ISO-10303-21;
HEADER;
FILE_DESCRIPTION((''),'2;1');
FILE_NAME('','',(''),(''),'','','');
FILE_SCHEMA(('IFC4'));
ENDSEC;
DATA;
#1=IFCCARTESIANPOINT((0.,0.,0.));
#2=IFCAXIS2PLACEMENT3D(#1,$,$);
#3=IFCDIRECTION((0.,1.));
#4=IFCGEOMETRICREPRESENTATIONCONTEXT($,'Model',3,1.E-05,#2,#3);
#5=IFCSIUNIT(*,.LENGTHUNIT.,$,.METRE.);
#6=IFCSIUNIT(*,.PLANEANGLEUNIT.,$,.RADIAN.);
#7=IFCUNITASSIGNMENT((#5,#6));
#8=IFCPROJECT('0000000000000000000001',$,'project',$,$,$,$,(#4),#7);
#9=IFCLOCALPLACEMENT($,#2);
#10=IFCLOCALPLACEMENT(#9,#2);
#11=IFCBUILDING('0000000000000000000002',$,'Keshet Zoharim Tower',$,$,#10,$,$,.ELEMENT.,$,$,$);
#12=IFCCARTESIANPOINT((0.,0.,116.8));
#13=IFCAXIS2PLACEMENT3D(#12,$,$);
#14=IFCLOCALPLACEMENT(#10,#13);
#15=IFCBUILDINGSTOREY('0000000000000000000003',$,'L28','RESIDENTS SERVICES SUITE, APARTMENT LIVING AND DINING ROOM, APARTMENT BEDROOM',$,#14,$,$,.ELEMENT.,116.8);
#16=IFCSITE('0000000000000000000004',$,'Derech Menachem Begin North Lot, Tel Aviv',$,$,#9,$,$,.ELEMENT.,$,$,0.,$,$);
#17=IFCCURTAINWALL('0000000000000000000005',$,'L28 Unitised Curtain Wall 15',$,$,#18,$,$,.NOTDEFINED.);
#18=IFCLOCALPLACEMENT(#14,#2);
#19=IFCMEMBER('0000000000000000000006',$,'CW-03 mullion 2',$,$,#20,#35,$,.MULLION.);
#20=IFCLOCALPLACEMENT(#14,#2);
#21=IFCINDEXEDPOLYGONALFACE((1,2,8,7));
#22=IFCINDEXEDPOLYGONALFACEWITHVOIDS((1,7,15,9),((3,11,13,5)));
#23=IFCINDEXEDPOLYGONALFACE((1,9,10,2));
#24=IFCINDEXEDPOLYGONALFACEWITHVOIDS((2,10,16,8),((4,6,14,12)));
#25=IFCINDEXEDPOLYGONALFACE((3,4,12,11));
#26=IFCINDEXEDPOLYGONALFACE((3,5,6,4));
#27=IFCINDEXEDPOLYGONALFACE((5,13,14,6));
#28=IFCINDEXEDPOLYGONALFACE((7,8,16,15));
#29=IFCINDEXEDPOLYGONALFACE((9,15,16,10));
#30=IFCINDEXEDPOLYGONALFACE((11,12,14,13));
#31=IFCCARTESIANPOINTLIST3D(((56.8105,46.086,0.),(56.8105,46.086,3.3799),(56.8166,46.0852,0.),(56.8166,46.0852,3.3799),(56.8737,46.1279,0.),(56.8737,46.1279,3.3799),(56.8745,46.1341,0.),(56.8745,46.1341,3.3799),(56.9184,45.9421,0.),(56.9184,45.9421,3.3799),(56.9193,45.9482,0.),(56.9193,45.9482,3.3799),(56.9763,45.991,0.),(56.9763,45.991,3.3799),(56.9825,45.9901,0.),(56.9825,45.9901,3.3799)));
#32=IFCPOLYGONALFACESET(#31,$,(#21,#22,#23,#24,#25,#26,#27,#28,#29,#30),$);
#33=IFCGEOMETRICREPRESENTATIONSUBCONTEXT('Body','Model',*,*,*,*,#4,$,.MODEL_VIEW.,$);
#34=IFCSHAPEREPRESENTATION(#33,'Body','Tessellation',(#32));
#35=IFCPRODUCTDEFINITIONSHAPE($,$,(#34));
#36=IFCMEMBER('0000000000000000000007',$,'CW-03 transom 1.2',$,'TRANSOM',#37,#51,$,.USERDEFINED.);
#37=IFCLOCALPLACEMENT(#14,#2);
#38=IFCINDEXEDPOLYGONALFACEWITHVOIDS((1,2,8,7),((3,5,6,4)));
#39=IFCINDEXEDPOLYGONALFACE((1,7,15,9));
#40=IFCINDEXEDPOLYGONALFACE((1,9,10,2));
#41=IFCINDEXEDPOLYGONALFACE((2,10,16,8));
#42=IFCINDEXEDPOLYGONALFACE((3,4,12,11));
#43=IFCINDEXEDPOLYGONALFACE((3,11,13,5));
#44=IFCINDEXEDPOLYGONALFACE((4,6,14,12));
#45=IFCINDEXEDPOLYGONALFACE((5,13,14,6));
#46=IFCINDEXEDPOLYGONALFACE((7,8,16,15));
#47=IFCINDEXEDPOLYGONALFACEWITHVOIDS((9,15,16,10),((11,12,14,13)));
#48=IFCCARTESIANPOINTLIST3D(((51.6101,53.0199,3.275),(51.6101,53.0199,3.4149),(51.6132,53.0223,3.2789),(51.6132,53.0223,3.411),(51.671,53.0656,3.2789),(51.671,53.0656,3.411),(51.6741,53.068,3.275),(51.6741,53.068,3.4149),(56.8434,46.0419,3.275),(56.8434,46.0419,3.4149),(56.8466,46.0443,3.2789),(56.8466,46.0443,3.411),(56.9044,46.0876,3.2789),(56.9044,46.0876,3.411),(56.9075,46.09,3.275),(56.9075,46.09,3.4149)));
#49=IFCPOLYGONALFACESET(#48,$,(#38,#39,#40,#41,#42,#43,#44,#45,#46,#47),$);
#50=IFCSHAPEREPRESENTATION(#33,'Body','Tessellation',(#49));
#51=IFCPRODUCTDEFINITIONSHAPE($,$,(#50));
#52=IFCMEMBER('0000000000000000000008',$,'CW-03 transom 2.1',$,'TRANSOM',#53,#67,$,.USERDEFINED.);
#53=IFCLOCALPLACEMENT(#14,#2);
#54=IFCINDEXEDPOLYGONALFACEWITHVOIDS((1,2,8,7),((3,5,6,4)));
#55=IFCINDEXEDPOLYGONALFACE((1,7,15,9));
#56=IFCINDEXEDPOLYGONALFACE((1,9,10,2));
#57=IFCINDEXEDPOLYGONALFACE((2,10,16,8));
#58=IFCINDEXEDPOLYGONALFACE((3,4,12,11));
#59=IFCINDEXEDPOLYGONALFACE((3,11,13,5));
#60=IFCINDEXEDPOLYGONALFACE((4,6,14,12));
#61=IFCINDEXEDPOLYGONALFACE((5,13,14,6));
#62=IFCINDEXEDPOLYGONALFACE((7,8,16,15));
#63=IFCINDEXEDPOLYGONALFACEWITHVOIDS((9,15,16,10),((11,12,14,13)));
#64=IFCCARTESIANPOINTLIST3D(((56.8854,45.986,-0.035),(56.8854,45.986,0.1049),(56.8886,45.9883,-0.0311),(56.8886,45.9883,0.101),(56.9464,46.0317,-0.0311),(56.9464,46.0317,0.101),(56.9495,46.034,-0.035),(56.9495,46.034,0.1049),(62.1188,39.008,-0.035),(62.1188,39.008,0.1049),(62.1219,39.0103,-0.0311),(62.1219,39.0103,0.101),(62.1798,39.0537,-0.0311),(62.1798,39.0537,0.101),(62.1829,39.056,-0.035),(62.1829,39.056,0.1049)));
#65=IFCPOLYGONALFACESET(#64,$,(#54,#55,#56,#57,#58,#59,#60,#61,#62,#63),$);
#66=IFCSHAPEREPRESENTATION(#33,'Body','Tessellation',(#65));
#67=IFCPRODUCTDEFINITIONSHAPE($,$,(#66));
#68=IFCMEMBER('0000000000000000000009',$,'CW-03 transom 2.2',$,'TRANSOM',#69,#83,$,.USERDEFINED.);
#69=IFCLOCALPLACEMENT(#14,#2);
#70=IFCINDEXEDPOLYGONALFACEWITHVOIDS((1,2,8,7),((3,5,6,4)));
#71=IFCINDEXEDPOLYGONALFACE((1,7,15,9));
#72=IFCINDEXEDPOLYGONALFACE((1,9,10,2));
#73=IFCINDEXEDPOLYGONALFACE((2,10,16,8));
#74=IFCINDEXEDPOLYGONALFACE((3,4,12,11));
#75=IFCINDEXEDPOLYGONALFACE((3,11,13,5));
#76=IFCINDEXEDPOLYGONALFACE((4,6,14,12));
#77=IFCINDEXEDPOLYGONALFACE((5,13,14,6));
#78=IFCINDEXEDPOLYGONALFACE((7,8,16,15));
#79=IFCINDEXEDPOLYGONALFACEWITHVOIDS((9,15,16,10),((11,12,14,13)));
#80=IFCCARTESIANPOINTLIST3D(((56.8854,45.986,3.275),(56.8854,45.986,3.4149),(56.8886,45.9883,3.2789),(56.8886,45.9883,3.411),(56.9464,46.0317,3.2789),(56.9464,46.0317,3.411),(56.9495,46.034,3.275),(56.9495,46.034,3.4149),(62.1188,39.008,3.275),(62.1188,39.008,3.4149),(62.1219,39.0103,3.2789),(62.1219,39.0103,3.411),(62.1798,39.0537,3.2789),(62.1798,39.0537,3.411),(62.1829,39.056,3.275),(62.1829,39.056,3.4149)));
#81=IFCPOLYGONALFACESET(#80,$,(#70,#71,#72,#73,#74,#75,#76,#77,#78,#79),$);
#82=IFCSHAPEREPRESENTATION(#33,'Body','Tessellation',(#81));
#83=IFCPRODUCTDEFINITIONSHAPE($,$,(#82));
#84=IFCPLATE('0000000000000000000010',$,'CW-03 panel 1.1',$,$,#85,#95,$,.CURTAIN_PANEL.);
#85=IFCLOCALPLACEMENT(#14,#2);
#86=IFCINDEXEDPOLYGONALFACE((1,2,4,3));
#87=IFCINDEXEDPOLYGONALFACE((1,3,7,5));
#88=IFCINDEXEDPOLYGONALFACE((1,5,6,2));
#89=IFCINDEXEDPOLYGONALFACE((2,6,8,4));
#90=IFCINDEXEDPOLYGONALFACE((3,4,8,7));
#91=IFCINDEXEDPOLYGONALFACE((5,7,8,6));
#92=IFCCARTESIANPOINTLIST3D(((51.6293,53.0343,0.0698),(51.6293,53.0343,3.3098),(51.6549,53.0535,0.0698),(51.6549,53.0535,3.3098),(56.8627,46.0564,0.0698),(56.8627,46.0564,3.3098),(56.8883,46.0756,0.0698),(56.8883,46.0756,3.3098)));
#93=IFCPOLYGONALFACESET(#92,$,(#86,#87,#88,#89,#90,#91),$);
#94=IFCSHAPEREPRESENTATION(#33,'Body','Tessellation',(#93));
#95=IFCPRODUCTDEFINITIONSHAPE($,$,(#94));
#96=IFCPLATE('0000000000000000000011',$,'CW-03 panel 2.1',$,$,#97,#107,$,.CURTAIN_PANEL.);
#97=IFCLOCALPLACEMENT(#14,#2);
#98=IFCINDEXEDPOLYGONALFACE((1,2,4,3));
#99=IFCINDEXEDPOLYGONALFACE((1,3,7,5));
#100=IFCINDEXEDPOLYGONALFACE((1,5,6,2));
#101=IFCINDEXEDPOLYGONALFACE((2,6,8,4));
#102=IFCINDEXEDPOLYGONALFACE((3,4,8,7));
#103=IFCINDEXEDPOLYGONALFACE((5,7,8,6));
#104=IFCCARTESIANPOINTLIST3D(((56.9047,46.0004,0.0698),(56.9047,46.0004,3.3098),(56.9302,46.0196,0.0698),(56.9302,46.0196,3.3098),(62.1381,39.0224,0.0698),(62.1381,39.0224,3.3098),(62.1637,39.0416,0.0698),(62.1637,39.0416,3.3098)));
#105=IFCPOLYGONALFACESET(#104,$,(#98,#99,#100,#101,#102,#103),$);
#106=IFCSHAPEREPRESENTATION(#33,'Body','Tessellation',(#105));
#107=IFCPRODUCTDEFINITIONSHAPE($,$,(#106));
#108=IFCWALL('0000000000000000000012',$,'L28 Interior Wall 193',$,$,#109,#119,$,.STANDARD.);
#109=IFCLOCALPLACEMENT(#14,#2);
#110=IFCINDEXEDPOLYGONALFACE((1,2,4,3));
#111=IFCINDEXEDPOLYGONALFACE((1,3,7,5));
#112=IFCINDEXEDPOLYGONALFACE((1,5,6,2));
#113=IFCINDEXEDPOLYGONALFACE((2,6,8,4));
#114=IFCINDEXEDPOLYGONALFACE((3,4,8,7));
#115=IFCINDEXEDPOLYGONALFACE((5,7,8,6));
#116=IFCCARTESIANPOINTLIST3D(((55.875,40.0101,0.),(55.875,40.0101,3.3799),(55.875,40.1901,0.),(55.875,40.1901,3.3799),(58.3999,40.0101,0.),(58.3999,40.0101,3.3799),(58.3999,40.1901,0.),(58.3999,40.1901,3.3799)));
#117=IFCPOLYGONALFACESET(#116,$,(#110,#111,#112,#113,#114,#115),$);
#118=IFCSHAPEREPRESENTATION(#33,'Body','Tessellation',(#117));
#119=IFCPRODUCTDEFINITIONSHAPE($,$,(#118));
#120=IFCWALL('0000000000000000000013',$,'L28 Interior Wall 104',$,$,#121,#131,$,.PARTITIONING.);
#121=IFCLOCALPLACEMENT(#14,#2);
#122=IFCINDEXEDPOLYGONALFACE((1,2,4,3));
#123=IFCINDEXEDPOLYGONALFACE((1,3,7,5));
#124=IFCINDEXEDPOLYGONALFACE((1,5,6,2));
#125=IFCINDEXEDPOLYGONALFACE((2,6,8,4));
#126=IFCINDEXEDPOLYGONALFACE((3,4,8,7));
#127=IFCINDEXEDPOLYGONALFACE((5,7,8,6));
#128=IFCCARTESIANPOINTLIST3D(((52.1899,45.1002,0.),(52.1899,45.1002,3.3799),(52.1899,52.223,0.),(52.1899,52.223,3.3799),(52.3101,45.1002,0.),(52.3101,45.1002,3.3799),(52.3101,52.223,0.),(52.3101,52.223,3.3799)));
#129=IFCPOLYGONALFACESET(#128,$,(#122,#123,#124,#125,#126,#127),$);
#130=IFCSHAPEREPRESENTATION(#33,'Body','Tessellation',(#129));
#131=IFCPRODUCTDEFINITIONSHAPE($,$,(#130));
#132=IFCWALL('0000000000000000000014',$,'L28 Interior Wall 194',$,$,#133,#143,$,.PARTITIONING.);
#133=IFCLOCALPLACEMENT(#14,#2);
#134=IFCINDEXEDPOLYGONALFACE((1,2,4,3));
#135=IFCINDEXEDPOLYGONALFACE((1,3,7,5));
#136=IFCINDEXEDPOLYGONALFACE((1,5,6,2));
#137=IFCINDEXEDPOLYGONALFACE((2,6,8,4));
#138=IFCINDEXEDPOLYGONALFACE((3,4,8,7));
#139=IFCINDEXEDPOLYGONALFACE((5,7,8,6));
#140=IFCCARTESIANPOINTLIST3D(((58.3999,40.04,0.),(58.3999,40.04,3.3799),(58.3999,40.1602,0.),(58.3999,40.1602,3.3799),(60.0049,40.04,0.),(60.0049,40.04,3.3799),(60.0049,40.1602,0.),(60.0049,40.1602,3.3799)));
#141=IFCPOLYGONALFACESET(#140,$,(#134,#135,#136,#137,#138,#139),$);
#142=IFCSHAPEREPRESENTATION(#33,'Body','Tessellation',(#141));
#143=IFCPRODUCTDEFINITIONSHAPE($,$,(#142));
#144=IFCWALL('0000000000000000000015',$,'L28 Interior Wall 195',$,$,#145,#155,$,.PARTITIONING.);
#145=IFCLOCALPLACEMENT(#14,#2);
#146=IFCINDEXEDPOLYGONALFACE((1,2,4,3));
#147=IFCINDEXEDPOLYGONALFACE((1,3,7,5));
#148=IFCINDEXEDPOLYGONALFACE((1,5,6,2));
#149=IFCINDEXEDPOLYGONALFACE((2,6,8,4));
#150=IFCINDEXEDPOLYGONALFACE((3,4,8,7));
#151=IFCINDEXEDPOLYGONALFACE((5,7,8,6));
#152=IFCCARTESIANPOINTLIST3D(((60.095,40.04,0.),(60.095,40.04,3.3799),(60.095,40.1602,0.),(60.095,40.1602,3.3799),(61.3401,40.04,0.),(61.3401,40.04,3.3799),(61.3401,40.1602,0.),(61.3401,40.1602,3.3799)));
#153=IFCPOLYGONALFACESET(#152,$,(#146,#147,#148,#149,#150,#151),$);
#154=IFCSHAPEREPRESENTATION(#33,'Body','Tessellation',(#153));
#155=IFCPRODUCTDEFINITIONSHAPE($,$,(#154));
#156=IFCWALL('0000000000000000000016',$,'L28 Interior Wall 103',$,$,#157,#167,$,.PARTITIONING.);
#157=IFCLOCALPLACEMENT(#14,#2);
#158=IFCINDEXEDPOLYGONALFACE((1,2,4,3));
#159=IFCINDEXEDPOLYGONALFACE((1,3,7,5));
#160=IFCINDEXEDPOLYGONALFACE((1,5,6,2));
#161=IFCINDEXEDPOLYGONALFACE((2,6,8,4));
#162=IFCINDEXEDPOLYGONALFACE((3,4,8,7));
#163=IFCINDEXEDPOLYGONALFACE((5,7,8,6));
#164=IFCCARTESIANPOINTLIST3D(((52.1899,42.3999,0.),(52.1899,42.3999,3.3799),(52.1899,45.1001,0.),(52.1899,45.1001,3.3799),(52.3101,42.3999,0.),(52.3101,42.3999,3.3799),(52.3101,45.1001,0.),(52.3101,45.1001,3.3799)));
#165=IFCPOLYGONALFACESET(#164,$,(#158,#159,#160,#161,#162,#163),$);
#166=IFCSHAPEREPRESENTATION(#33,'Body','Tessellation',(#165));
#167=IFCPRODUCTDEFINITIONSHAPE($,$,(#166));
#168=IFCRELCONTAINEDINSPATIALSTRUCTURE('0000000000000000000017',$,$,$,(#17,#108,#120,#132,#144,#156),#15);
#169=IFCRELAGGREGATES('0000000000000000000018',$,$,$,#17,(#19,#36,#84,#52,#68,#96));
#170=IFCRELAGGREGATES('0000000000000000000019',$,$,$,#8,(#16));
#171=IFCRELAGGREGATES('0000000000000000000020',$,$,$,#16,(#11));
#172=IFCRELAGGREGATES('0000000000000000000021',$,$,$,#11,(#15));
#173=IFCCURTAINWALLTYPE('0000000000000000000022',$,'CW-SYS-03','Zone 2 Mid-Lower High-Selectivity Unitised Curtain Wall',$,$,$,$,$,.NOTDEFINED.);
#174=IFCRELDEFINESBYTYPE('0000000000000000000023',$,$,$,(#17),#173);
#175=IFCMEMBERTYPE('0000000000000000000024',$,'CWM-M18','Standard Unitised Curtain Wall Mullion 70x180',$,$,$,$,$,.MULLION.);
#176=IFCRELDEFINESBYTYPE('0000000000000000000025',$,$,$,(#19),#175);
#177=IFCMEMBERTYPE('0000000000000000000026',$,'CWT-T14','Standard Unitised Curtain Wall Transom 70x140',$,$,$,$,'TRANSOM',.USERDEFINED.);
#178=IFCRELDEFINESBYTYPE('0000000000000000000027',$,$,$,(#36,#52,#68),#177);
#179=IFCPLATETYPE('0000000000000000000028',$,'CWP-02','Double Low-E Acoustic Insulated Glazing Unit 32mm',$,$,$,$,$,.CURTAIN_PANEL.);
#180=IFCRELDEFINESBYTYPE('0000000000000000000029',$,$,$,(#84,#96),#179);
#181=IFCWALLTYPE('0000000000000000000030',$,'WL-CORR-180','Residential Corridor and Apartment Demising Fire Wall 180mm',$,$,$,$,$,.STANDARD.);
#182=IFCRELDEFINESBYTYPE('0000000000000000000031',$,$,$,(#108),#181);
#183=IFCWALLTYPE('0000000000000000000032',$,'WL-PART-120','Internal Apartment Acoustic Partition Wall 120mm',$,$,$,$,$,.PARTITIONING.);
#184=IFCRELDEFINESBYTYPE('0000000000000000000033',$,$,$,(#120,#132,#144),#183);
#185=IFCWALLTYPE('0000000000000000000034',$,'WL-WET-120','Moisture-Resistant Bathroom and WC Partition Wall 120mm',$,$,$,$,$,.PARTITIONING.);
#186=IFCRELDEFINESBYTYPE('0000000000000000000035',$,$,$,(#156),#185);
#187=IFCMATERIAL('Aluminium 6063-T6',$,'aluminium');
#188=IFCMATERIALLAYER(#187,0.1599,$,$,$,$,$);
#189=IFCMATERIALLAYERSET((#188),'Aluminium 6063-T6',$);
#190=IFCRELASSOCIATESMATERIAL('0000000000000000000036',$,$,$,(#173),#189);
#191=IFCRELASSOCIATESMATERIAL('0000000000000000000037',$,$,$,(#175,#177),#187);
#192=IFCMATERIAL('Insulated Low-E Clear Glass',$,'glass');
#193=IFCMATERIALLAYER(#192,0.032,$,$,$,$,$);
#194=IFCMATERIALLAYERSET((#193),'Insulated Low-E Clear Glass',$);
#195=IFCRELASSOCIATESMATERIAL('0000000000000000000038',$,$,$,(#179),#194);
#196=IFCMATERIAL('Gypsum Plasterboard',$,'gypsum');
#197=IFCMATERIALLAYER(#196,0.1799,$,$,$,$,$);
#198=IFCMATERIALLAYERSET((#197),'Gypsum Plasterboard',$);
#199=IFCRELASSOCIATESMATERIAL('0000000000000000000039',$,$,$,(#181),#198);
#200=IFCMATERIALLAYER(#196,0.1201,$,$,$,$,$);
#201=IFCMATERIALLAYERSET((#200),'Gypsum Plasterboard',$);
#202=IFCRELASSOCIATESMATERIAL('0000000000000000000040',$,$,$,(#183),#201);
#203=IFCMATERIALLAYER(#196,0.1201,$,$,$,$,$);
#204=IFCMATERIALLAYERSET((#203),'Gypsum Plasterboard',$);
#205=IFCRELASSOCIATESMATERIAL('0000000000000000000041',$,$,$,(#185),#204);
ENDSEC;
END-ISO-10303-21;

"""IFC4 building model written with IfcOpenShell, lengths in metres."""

from ifc_helpers import new_model, si_unit, direction, frame, frame_2d, origin, origin_2d, place, context, subcontext, project, spatial, rectangle, hollow_rectangle, extrude, material, layer, layer_set, material_profile, profile_set, type_object, element, aggregate, save


model = new_model("IFC4")

# Units and contexts
model_context = context("Model", 3, precision=1e-05, world=origin(), true_north=direction((0.0, 1.0)))
body_context = subcontext(model_context, "Body", "Model", "MODEL_VIEW")
ifc_project = project(units=[si_unit("LENGTHUNIT", "METRE"), si_unit("PLANEANGLEUNIT", "RADIAN")], contexts=[model_context])

# Site, building, storey
site_placement = place(None, origin())
site = spatial("IfcSite", under=ifc_project, at=site_placement, Name="Derech Menachem Begin North Lot, Tel Aviv", CompositionType="ELEMENT", RefElevation=0.0)
building_placement = place(site_placement, origin())
building = spatial("IfcBuilding", under=site, at=building_placement, Name="Keshet Zoharim Tower", CompositionType="ELEMENT")
storey_placement = place(building_placement, frame((0.0, 0.0, 116.8)))
storey = spatial("IfcBuildingStorey", under=building, at=storey_placement, Name="L28", Description="RESIDENTS SERVICES SUITE, APARTMENT LIVING AND DINING ROOM, APARTMENT BEDROOM", CompositionType="ELEMENT", Elevation=116.8)

# Curtain wall, members, plates
ifc_material_1 = material(Name="Aluminium 6063-T6", Category="aluminium")
ifc_layer_1 = layer(ifc_material_1, 0.1599)
ifc_layer_set_1 = layer_set([ifc_layer_1], Name="Aluminium 6063-T6")
curtain_wall_type = type_object("IfcCurtainWallType", Name="CW-SYS-03", Description="Zone 2 Mid-Lower High-Selectivity Unitised Curtain Wall", PredefinedType="NOTDEFINED", material=ifc_layer_set_1)
curtain_wall_placement = place(storey_placement, origin())
curtain_wall = element("IfcCurtainWall", 1, at=curtain_wall_placement, inside=storey, type_object=curtain_wall_type, Name="L28 Unitised Curtain Wall 15", PredefinedType="NOTDEFINED")
ifc_material_profile_1 = material_profile(ifc_material_1, hollow_rectangle(XDim=0.0801, YDim=0.1799, WallThickness=0.0044, at=origin_2d()), Name="MUL-80x180")
ifc_profile_set_1 = profile_set([ifc_material_profile_1], Name="Aluminium 6063-T6")
member_type_1 = type_object("IfcMemberType", Name="CWM-M18", Description="Standard Unitised Curtain Wall Mullion 70x180", PredefinedType="MULLION", material=ifc_profile_set_1)
member_1_placement = place(storey_placement, frame((56.8965, 46.0381, 0.0), z_axis=(0.0, 0.0, 1.0), x_axis=(0.8, 0.6, 0.0)))
member_1 = element("IfcMember", 2, at=member_1_placement, type_object=member_type_1, Name="CW-03 mullion 2", PredefinedType="MULLION", context=body_context, shape_type="SweptSolid", body=[
    extrude(hollow_rectangle(XDim=0.0801, YDim=0.1799, WallThickness=0.0044, at=origin_2d()), origin(), (0.0, 0.0, 1.0), 3.3799),
])
ifc_material_profile_2 = material_profile(ifc_material_1, hollow_rectangle(XDim=0.0801, YDim=0.1399, WallThickness=0.0039, at=origin_2d()), Name="TRN-80x140")
ifc_profile_set_2 = profile_set([ifc_material_profile_2], Name="Aluminium 6063-T6")
member_type_2 = type_object("IfcMemberType", Name="CWT-T14", Description="Standard Unitised Curtain Wall Transom 70x140", ElementType="TRANSOM", PredefinedType="USERDEFINED", material=ifc_profile_set_2)
member_2_placement = place(storey_placement, frame((51.6421, 53.0439, 3.345), z_axis=(0.599991, -0.800007, 0.0), x_axis=(0.800007, 0.599991, 0.0)))
member_2 = element("IfcMember", 3, at=member_2_placement, type_object=member_type_2, Name="CW-03 transom 1.2", ObjectType="TRANSOM", PredefinedType="USERDEFINED", context=body_context, shape_type="SweptSolid", body=[
    extrude(hollow_rectangle(XDim=0.0801, YDim=0.1399, WallThickness=0.0039, at=origin_2d()), origin(), (0.0, 0.0, 1.0), 8.7224),
])
member_3_placement = place(storey_placement, frame((56.9175, 46.01, 0.0349), z_axis=(0.599991, -0.800007, 0.0), x_axis=(0.800007, 0.599991, 0.0)))
member_3 = element("IfcMember", 4, at=member_3_placement, type_object=member_type_2, Name="CW-03 transom 2.1", ObjectType="TRANSOM", PredefinedType="USERDEFINED", context=body_context, shape_type="SweptSolid", body=[
    extrude(hollow_rectangle(XDim=0.0801, YDim=0.1399, WallThickness=0.0039, at=origin_2d()), origin(), (0.0, 0.0, 1.0), 8.7224),
])
member_4_placement = place(storey_placement, frame((56.9175, 46.01, 3.345), z_axis=(0.599991, -0.800007, 0.0), x_axis=(0.800007, 0.599991, 0.0)))
member_4 = element("IfcMember", 5, at=member_4_placement, type_object=member_type_2, Name="CW-03 transom 2.2", ObjectType="TRANSOM", PredefinedType="USERDEFINED", context=body_context, shape_type="SweptSolid", body=[
    extrude(hollow_rectangle(XDim=0.0801, YDim=0.1399, WallThickness=0.0039, at=origin_2d()), origin(), (0.0, 0.0, 1.0), 8.7224),
])
ifc_material_2 = material(Name="Insulated Low-E Clear Glass", Category="glass")
ifc_layer_2 = layer(ifc_material_2, 0.032)
ifc_layer_set_2 = layer_set([ifc_layer_2], Name="Insulated Low-E Clear Glass")
plate_type = type_object("IfcPlateType", Name="CWP-02", Description="Double Low-E Acoustic Insulated Glazing Unit 32mm", PredefinedType="CURTAIN_PANEL", material=ifc_layer_set_2)
plate_1_placement = place(storey_placement, frame((54.2588, 49.5549, 0.0698), z_axis=(0.0, 0.0, 1.0), x_axis=(0.6, -0.8, 0.0)))
plate_1 = element("IfcPlate", 6, at=plate_1_placement, type_object=plate_type, Name="CW-03 panel 1.1", PredefinedType="CURTAIN_PANEL", context=body_context, shape_type="SweptSolid", body=[
    extrude(rectangle(XDim=8.7224, YDim=0.032, at=origin_2d()), origin(), (0.0, 0.0, 1.0), 3.24),
])
plate_2_placement = place(storey_placement, frame((59.5342, 42.521, 0.0698), z_axis=(0.0, 0.0, 1.0), x_axis=(0.6, -0.8, 0.0)))
plate_2 = element("IfcPlate", 7, at=plate_2_placement, type_object=plate_type, Name="CW-03 panel 2.1", PredefinedType="CURTAIN_PANEL", context=body_context, shape_type="SweptSolid", body=[
    extrude(rectangle(XDim=8.7224, YDim=0.032, at=origin_2d()), origin(), (0.0, 0.0, 1.0), 3.24),
])
aggregate(curtain_wall, [member_1, member_2, plate_1, member_3, member_4, plate_2])

# Walls
ifc_material_3 = material(Name="Gypsum Plasterboard", Category="gypsum")
ifc_layer_3 = layer(ifc_material_3, 0.1799)
ifc_layer_set_3 = layer_set([ifc_layer_3], Name="Gypsum Plasterboard")
wall_type_1 = type_object("IfcWallType", Name="WL-CORR-180", Description="Residential Corridor and Apartment Demising Fire Wall 180mm", PredefinedType="STANDARD", material=ifc_layer_set_3)
wall_1_placement = place(storey_placement, frame((55.875, 40.1001, 0.0), z_axis=(0.0, 0.0, 1.0), x_axis=(1.0, 0.0, 0.0)))
element("IfcWall", 8, at=wall_1_placement, inside=storey, type_object=wall_type_1, Name="L28 Interior Wall 193", PredefinedType="STANDARD", context=body_context, shape_type="SweptSolid", body=[
    extrude(rectangle(XDim=2.5249, YDim=0.1799, at=frame_2d((1.2625, 0.0))), origin(), (0.0, 0.0, 1.0), 3.3799),
])
ifc_layer_4 = layer(ifc_material_3, 0.1201)
ifc_layer_set_4 = layer_set([ifc_layer_4], Name="Gypsum Plasterboard")
wall_type_2 = type_object("IfcWallType", Name="WL-PART-120", Description="Internal Apartment Acoustic Partition Wall 120mm", PredefinedType="PARTITIONING", material=ifc_layer_set_4)
wall_2_placement = place(storey_placement, frame((52.25, 45.1001, 0.0), z_axis=(0.0, 0.0, 1.0), x_axis=(0.0, 1.0, 0.0)))
element("IfcWall", 9, at=wall_2_placement, inside=storey, type_object=wall_type_2, Name="L28 Interior Wall 104", PredefinedType="PARTITIONING", context=body_context, shape_type="SweptSolid", body=[
    extrude(rectangle(XDim=7.1228, YDim=0.1201, at=frame_2d((3.5615, 0.0))), origin(), (0.0, 0.0, 1.0), 3.3799),
])

# Walls
wall_3_placement = place(storey_placement, frame((58.3999, 40.1001, 0.0), z_axis=(0.0, 0.0, 1.0), x_axis=(1.0, 0.0, 0.0)))
element("IfcWall", 10, at=wall_3_placement, inside=storey, type_object=wall_type_2, Name="L28 Interior Wall 194", PredefinedType="PARTITIONING", context=body_context, shape_type="SweptSolid", body=[
    extrude(rectangle(XDim=1.605, YDim=0.1201, at=frame_2d((0.8025, 0.0))), origin(), (0.0, 0.0, 1.0), 3.3799),
])
wall_4_placement = place(storey_placement, frame((60.095, 40.1001, 0.0), z_axis=(0.0, 0.0, 1.0), x_axis=(1.0, 0.0, 0.0)))
element("IfcWall", 11, at=wall_4_placement, inside=storey, type_object=wall_type_2, Name="L28 Interior Wall 195", PredefinedType="PARTITIONING", context=body_context, shape_type="SweptSolid", body=[
    extrude(rectangle(XDim=1.2451, YDim=0.1201, at=frame_2d((0.6226, 0.0))), origin(), (0.0, 0.0, 1.0), 3.3799),
])
ifc_layer_5 = layer(ifc_material_3, 0.1201)
ifc_layer_set_5 = layer_set([ifc_layer_5], Name="Gypsum Plasterboard")
wall_type_3 = type_object("IfcWallType", Name="WL-WET-120", Description="Moisture-Resistant Bathroom and WC Partition Wall 120mm", PredefinedType="PARTITIONING", material=ifc_layer_set_5)
wall_5_placement = place(storey_placement, frame((52.25, 42.3999, 0.0), z_axis=(0.0, 0.0, 1.0), x_axis=(0.0, 1.0, 0.0)))
element("IfcWall", 12, at=wall_5_placement, inside=storey, type_object=wall_type_3, Name="L28 Interior Wall 103", PredefinedType="PARTITIONING", context=body_context, shape_type="SweptSolid", body=[
    extrude(rectangle(XDim=2.7002, YDim=0.1201, at=frame_2d((1.3501, 0.0))), origin(), (0.0, 0.0, 1.0), 3.3799),
])

save(model, "model.ifc")
